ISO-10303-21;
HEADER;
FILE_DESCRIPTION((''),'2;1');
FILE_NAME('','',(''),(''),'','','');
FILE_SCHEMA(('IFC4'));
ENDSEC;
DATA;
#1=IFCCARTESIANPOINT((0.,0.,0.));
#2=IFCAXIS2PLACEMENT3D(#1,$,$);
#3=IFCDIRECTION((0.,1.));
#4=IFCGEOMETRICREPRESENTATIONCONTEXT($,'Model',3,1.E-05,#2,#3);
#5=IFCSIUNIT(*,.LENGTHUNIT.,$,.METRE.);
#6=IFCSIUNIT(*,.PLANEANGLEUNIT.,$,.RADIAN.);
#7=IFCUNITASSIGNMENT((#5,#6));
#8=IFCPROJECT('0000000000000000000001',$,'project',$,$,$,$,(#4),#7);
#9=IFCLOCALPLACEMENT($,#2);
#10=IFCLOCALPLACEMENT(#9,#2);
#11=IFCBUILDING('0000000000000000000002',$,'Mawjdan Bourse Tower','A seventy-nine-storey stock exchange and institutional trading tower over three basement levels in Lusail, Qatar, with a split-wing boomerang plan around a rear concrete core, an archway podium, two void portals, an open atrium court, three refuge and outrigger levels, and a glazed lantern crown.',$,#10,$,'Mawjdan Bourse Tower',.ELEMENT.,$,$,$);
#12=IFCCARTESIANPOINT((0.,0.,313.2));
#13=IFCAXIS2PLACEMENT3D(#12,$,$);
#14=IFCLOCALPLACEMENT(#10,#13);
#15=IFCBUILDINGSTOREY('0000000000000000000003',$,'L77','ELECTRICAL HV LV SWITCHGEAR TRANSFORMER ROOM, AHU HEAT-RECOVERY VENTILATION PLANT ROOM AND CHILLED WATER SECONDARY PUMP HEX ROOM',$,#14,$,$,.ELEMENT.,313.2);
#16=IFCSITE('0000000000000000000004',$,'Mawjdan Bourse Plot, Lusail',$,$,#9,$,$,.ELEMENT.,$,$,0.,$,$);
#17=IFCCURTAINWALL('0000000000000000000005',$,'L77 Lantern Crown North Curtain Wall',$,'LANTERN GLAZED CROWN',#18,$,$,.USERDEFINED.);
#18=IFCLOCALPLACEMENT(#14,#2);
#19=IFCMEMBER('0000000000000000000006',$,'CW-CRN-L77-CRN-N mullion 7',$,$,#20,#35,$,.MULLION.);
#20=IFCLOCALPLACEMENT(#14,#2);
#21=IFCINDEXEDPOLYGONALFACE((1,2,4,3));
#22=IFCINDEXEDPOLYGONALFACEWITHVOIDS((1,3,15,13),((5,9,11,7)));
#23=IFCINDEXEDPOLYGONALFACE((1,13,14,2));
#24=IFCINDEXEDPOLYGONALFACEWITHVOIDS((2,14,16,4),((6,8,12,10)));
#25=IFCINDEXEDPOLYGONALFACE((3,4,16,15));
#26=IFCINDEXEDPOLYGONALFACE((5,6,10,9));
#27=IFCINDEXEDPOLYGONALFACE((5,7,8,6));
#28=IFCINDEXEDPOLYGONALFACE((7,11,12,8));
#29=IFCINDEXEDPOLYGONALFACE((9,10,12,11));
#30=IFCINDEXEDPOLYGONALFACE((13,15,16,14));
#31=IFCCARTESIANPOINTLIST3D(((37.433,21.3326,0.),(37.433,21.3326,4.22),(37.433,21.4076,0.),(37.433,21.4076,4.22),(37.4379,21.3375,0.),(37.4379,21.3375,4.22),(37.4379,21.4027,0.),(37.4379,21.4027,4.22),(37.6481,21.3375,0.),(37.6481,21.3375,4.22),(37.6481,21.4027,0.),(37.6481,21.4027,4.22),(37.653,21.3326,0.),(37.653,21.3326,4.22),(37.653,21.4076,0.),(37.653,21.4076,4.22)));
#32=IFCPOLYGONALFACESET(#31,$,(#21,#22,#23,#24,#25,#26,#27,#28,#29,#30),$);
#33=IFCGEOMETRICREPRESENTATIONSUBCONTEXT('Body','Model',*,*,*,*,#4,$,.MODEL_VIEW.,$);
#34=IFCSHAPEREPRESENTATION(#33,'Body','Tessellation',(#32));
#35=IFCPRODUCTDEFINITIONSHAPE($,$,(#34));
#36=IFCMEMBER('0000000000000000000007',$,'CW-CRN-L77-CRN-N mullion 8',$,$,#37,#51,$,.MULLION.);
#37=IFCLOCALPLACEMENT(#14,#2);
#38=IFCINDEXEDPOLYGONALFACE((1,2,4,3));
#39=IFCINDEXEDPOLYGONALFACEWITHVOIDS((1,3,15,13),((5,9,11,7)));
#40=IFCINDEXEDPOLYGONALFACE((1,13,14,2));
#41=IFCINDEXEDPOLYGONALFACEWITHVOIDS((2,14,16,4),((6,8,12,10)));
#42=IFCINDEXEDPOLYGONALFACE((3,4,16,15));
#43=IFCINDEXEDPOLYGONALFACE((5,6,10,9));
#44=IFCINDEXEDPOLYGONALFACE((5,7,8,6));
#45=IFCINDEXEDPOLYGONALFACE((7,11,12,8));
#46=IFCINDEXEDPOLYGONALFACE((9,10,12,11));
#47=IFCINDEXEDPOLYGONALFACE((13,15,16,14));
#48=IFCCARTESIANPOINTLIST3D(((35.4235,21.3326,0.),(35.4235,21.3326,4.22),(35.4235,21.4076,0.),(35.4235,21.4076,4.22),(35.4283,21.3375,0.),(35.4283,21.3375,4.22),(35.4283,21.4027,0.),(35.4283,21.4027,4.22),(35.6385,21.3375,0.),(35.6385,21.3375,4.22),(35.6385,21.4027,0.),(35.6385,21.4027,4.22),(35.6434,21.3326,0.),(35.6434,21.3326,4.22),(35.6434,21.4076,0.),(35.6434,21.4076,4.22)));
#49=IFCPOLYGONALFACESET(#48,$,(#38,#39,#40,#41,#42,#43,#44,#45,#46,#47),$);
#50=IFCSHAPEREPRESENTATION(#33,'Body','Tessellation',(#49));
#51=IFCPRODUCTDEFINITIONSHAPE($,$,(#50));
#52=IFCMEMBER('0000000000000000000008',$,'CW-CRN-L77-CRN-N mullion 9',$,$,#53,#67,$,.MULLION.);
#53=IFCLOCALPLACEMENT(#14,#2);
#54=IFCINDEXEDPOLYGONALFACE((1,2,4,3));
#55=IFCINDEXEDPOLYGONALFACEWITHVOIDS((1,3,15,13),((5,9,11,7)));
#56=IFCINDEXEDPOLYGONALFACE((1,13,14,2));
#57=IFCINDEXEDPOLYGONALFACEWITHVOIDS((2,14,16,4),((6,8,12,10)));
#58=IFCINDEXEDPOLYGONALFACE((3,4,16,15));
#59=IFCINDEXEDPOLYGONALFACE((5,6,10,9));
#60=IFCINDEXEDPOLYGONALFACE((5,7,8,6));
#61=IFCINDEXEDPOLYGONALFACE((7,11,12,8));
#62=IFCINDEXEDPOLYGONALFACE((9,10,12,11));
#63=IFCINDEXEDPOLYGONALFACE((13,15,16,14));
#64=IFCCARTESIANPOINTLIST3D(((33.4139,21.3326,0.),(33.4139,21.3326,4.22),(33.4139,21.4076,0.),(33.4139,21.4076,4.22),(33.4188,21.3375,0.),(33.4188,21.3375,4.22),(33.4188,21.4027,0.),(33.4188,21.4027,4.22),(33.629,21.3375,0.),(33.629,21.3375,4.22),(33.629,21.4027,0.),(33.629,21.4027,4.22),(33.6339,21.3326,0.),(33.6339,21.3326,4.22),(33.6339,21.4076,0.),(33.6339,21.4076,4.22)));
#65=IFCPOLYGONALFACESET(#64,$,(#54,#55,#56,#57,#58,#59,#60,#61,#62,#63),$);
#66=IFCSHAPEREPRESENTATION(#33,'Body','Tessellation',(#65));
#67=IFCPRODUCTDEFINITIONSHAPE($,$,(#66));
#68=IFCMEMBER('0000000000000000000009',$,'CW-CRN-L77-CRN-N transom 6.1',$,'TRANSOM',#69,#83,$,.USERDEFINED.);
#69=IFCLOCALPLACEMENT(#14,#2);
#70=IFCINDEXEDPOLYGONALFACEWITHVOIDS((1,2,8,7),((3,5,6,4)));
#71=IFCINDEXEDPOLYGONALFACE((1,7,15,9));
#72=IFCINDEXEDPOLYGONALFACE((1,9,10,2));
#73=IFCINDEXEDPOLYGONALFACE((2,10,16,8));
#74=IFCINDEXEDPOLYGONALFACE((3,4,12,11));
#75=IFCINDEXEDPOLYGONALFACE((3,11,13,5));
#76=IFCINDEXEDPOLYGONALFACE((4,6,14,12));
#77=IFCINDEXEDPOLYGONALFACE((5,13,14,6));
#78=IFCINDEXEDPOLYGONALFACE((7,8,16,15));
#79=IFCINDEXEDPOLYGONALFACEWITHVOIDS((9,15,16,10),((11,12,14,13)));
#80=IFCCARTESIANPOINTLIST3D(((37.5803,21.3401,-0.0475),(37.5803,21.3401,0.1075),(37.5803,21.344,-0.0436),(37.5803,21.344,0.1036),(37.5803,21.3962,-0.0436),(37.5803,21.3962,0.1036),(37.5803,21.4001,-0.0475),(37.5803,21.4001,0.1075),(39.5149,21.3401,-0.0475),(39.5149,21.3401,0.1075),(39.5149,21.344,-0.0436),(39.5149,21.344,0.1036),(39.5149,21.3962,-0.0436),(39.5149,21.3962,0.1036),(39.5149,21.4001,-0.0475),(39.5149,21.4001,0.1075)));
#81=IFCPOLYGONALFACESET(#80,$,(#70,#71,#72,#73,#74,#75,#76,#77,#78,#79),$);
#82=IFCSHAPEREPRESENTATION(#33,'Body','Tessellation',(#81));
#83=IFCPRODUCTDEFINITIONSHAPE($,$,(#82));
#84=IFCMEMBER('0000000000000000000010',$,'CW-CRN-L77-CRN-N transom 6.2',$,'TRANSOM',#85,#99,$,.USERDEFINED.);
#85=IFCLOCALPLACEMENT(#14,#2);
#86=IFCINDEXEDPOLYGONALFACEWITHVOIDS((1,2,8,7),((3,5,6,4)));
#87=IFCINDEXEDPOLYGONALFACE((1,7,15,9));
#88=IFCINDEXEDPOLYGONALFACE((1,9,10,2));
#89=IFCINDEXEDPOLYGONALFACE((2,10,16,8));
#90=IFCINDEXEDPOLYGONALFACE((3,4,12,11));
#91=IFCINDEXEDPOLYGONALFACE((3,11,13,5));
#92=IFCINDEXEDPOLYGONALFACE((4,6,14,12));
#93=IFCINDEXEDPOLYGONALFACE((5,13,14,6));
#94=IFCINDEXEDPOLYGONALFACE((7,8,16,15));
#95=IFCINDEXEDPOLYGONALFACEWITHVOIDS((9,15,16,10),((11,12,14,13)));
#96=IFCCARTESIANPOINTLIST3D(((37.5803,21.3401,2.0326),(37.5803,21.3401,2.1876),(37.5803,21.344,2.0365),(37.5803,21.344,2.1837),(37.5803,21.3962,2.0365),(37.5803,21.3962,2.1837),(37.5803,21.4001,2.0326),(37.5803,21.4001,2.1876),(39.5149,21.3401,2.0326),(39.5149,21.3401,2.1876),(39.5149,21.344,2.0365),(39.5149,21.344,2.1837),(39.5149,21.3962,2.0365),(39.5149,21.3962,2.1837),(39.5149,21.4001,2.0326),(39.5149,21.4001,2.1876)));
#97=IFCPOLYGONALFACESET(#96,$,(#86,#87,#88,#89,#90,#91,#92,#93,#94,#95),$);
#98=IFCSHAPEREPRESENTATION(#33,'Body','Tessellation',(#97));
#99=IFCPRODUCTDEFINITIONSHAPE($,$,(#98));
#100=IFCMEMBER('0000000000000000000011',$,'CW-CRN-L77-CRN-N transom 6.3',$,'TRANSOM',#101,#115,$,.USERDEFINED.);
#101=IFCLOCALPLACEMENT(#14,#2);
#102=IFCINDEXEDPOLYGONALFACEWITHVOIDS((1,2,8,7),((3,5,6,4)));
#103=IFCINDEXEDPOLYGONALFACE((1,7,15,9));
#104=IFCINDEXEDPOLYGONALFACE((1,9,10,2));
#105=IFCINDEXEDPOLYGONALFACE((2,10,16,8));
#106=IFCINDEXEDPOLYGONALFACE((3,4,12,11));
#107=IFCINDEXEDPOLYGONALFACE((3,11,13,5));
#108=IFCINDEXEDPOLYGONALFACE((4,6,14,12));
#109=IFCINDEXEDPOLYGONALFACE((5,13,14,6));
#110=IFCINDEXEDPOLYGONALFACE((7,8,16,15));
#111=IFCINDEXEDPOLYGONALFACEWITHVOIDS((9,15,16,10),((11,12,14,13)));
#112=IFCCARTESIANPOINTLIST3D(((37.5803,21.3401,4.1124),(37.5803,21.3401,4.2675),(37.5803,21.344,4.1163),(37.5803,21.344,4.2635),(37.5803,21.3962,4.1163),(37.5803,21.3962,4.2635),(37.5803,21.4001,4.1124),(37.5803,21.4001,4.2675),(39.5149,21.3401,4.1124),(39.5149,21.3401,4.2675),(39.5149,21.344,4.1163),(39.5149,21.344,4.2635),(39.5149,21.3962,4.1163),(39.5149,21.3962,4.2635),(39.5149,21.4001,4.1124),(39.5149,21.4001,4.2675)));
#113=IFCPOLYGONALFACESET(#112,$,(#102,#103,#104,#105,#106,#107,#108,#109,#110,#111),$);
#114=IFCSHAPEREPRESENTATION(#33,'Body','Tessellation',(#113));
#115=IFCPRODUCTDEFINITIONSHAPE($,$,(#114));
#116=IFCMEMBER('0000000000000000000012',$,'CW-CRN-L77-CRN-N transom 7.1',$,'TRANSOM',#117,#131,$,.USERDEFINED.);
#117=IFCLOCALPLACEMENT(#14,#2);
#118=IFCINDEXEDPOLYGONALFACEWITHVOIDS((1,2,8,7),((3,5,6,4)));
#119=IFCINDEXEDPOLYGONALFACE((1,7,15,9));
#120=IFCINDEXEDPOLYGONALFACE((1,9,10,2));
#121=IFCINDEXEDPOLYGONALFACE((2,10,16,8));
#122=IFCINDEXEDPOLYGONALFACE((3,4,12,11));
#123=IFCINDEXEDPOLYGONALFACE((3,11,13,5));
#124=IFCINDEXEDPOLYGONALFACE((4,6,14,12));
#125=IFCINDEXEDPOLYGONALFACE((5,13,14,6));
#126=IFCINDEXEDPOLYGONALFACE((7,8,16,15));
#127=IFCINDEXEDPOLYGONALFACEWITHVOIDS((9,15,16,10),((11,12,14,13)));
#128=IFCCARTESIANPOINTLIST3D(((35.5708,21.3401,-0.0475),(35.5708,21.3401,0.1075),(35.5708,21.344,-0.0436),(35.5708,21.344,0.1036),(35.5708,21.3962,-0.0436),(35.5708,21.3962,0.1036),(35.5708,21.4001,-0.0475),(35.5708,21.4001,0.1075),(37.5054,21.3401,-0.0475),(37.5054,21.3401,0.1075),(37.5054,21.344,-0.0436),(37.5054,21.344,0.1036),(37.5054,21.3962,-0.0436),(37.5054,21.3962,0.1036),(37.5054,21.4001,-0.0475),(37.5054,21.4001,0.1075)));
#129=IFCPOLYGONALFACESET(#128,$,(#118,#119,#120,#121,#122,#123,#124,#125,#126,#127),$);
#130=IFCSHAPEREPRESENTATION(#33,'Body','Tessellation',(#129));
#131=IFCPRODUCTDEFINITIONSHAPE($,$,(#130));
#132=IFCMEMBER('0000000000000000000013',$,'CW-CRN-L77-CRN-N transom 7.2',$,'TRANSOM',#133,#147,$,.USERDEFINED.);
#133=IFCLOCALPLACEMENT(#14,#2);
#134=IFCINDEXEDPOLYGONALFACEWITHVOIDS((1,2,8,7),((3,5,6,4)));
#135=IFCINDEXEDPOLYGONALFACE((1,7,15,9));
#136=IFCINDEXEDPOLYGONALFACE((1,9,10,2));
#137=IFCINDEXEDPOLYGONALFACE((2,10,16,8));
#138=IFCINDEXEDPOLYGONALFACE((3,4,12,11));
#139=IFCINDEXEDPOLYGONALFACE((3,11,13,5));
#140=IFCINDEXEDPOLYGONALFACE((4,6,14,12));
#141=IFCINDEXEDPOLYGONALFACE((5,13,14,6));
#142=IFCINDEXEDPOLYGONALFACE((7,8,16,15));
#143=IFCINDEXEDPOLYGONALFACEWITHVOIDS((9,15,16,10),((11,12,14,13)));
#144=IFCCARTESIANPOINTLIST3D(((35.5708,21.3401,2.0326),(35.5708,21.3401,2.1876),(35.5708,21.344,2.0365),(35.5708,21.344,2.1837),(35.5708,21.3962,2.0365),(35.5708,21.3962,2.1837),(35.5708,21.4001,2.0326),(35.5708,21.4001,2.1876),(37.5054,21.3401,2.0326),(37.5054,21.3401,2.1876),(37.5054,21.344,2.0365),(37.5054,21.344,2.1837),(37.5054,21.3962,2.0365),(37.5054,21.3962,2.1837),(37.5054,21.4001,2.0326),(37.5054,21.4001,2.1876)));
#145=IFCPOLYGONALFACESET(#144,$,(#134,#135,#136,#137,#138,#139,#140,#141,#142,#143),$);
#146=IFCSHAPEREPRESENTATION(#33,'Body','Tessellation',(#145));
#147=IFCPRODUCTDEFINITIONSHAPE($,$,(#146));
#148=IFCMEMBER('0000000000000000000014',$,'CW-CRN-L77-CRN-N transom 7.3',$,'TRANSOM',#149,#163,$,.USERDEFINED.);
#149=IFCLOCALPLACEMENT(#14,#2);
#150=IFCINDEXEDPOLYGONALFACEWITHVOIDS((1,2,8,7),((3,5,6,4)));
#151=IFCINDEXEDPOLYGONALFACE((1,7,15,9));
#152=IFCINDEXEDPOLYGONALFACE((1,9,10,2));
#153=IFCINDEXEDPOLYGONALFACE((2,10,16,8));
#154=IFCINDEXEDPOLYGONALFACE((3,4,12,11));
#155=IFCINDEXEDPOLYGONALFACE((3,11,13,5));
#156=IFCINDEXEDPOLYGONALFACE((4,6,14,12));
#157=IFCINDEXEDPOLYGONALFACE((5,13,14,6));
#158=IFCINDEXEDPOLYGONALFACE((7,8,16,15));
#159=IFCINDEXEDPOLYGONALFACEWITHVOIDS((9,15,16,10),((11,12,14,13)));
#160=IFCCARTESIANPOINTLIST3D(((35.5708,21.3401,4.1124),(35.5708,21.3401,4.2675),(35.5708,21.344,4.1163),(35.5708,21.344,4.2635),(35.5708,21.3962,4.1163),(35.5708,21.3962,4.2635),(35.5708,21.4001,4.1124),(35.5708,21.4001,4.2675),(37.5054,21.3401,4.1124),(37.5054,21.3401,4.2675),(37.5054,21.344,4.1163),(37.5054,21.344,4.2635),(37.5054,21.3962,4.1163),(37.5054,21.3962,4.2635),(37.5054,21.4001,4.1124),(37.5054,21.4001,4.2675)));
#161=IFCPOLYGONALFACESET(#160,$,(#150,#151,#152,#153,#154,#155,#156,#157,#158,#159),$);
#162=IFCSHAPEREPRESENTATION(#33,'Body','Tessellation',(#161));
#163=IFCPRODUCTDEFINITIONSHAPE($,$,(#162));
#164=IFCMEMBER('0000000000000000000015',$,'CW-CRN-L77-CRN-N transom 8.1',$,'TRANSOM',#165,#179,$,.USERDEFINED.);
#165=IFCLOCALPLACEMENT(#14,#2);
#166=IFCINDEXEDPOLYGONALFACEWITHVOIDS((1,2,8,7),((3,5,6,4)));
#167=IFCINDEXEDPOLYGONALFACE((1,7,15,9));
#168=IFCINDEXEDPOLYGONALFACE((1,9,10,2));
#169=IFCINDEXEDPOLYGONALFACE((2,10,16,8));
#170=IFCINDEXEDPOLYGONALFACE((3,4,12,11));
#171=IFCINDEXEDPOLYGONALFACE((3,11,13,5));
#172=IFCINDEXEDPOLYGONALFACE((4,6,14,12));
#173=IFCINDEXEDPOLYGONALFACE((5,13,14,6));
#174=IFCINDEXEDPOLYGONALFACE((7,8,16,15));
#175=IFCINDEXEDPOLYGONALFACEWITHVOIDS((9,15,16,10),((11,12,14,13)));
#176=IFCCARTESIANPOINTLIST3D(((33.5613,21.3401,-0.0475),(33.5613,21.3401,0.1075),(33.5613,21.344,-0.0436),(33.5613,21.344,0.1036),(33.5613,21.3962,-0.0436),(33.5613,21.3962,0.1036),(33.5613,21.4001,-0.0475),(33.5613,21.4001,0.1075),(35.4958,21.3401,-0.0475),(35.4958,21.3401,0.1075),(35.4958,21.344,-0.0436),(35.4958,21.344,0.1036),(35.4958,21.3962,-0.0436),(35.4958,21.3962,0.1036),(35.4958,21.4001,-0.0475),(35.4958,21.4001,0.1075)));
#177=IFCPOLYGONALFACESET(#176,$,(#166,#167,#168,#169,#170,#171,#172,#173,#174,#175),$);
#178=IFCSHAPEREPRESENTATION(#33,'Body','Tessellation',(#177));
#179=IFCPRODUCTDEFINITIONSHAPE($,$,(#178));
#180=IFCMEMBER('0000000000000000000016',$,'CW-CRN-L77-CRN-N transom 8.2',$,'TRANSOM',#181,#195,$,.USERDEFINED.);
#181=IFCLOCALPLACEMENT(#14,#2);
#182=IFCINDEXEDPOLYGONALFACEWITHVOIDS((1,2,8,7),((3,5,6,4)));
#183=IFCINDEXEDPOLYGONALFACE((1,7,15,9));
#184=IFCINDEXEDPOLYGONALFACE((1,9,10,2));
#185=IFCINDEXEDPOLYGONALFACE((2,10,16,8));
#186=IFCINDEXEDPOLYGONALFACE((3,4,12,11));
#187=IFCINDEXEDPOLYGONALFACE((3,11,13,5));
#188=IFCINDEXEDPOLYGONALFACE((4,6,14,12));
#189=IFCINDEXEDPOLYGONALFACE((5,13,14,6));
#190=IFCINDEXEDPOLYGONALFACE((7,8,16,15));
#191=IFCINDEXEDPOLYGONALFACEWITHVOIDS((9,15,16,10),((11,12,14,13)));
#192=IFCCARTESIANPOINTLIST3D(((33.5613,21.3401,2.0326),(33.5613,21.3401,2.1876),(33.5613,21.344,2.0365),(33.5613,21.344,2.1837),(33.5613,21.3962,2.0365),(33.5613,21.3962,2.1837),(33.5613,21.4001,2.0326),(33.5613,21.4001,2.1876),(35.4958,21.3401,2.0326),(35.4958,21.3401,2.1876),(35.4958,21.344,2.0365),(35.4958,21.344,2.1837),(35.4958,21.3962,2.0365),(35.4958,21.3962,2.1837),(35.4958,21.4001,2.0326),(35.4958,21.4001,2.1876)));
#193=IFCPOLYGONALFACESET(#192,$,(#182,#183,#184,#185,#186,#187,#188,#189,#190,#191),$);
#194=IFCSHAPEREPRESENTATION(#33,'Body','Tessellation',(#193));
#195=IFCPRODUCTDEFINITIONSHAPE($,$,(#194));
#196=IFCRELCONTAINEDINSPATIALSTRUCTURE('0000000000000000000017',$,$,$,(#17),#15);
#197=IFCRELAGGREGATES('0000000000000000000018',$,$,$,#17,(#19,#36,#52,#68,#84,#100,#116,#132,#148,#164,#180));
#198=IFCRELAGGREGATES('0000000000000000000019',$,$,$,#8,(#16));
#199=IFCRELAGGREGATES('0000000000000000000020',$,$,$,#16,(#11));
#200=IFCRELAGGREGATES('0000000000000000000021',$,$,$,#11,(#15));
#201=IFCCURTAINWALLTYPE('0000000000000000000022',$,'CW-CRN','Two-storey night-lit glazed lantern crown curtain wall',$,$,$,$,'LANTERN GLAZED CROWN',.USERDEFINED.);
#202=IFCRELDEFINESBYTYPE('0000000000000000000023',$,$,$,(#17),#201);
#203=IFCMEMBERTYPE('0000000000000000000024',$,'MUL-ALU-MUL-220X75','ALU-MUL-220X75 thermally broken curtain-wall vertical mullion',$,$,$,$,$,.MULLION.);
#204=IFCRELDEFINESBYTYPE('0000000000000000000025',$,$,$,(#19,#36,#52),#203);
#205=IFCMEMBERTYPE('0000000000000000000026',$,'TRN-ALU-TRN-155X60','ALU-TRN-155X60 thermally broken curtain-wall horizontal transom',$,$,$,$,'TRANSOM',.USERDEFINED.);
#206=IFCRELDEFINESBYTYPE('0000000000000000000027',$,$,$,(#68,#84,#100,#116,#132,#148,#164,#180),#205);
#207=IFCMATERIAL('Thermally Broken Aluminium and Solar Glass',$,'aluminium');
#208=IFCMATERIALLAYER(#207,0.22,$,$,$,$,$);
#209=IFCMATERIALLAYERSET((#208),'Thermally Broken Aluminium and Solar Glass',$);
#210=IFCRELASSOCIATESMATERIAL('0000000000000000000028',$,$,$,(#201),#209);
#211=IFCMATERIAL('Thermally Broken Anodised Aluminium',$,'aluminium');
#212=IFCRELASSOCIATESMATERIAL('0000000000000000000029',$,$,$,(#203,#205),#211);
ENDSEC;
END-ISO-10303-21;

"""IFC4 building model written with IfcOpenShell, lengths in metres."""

from ifc_helpers import new_model, si_unit, direction, frame, origin, origin_2d, place, context, subcontext, project, spatial, hollow_rectangle, extrude, material, layer, layer_set, material_profile, profile_set, type_object, element, aggregate, save


model = new_model("IFC4")

# Units and contexts
model_context = context("Model", 3, precision=1e-05, world=origin(), true_north=direction((0.0, 1.0)))
body_context = subcontext(model_context, "Body", "Model", "MODEL_VIEW")
ifc_project = project(units=[si_unit("LENGTHUNIT", "METRE"), si_unit("PLANEANGLEUNIT", "RADIAN")], contexts=[model_context])

# Site, building, storey
site_placement = place(None, origin())
site = spatial("IfcSite", under=ifc_project, at=site_placement, Name="Mawjdan Bourse Plot, Lusail", CompositionType="ELEMENT", RefElevation=0.0)
building_placement = place(site_placement, origin())
building = spatial("IfcBuilding", under=site, at=building_placement, Name="Mawjdan Bourse Tower", Description="A seventy-nine-storey stock exchange and institutional trading tower over three basement levels in Lusail, Qatar, with a split-wing boomerang plan around a rear concrete core, an archway podium, two void portals, an open atrium court, three refuge and outrigger levels, and a glazed lantern crown.", LongName="Mawjdan Bourse Tower", CompositionType="ELEMENT")
storey_placement = place(building_placement, frame((0.0, 0.0, 313.2)))
storey = spatial("IfcBuildingStorey", under=building, at=storey_placement, Name="L77", Description="ELECTRICAL HV LV SWITCHGEAR TRANSFORMER ROOM, AHU HEAT-RECOVERY VENTILATION PLANT ROOM AND CHILLED WATER SECONDARY PUMP HEX ROOM", CompositionType="ELEMENT", Elevation=313.2)

# Curtain wall, members
ifc_material_1 = material(Name="Thermally Broken Aluminium and Solar Glass", Category="aluminium")
ifc_layer_1 = layer(ifc_material_1, 0.22)
ifc_layer_set_1 = layer_set([ifc_layer_1], Name="Thermally Broken Aluminium and Solar Glass")
curtain_wall_type = type_object("IfcCurtainWallType", Name="CW-CRN", Description="Two-storey night-lit glazed lantern crown curtain wall", ElementType="LANTERN GLAZED CROWN", PredefinedType="USERDEFINED", material=ifc_layer_set_1)
curtain_wall_placement = place(storey_placement, origin())
curtain_wall = element("IfcCurtainWall", 1, at=curtain_wall_placement, inside=storey, type_object=curtain_wall_type, Name="L77 Lantern Crown North Curtain Wall", ObjectType="LANTERN GLAZED CROWN", PredefinedType="USERDEFINED")
ifc_material_2 = material(Name="Thermally Broken Anodised Aluminium", Category="aluminium")
ifc_material_profile_1 = material_profile(ifc_material_2, hollow_rectangle(XDim=0.075, YDim=0.22, WallThickness=0.0049, at=origin_2d()), Name="ALU-MUL-220X75")
ifc_profile_set_1 = profile_set([ifc_material_profile_1], Name="Thermally Broken Anodised Aluminium")
member_type_1 = type_object("IfcMemberType", Name="MUL-ALU-MUL-220X75", Description="ALU-MUL-220X75 thermally broken curtain-wall vertical mullion", PredefinedType="MULLION", material=ifc_profile_set_1)
member_1_placement = place(storey_placement, frame((37.543, 21.3701, 0.0), z_axis=(0.0, 0.0, 1.0), x_axis=(0.0, -1.0, 0.0)))
member_1 = element("IfcMember", 2, at=member_1_placement, type_object=member_type_1, Name="CW-CRN-L77-CRN-N mullion 7", PredefinedType="MULLION", context=body_context, shape_type="SweptSolid", body=[
    extrude(hollow_rectangle(XDim=0.075, YDim=0.22, WallThickness=0.0049, at=origin_2d()), origin(), (0.0, 0.0, 1.0), 4.22),
])
member_2_placement = place(storey_placement, frame((35.5334, 21.3701, 0.0), z_axis=(0.0, 0.0, 1.0), x_axis=(0.0, -1.0, 0.0)))
member_2 = element("IfcMember", 3, at=member_2_placement, type_object=member_type_1, Name="CW-CRN-L77-CRN-N mullion 8", PredefinedType="MULLION", context=body_context, shape_type="SweptSolid", body=[
    extrude(hollow_rectangle(XDim=0.075, YDim=0.22, WallThickness=0.0049, at=origin_2d()), origin(), (0.0, 0.0, 1.0), 4.22),
])
member_3_placement = place(storey_placement, frame((33.5239, 21.3701, 0.0), z_axis=(0.0, 0.0, 1.0), x_axis=(0.0, -1.0, 0.0)))
member_3 = element("IfcMember", 4, at=member_3_placement, type_object=member_type_1, Name="CW-CRN-L77-CRN-N mullion 9", PredefinedType="MULLION", context=body_context, shape_type="SweptSolid", body=[
    extrude(hollow_rectangle(XDim=0.075, YDim=0.22, WallThickness=0.0049, at=origin_2d()), origin(), (0.0, 0.0, 1.0), 4.22),
])
ifc_material_profile_2 = material_profile(ifc_material_2, hollow_rectangle(XDim=0.0601, YDim=0.155, WallThickness=0.0039, at=origin_2d()), Name="ALU-TRN-155X60")
ifc_profile_set_2 = profile_set([ifc_material_profile_2], Name="Thermally Broken Anodised Aluminium")
member_type_2 = type_object("IfcMemberType", Name="TRN-ALU-TRN-155X60", Description="ALU-TRN-155X60 thermally broken curtain-wall horizontal transom", ElementType="TRANSOM", PredefinedType="USERDEFINED", material=ifc_profile_set_2)
member_4_placement = place(storey_placement, frame((39.5149, 21.3701, 0.03), z_axis=(-1.0, 0.0, 0.0), x_axis=(0.0, -1.0, 0.0)))
member_4 = element("IfcMember", 5, at=member_4_placement, type_object=member_type_2, Name="CW-CRN-L77-CRN-N transom 6.1", ObjectType="TRANSOM", PredefinedType="USERDEFINED", context=body_context, shape_type="SweptSolid", body=[
    extrude(hollow_rectangle(XDim=0.0601, YDim=0.155, WallThickness=0.0039, at=origin_2d()), origin(), (0.0, 0.0, 1.0), 1.9346),
])
member_5_placement = place(storey_placement, frame((39.5149, 21.3701, 2.1101), z_axis=(-1.0, 0.0, 0.0), x_axis=(0.0, -1.0, 0.0)))
member_5 = element("IfcMember", 6, at=member_5_placement, type_object=member_type_2, Name="CW-CRN-L77-CRN-N transom 6.2", ObjectType="TRANSOM", PredefinedType="USERDEFINED", context=body_context, shape_type="SweptSolid", body=[
    extrude(hollow_rectangle(XDim=0.0601, YDim=0.155, WallThickness=0.0039, at=origin_2d()), origin(), (0.0, 0.0, 1.0), 1.9346),
])
member_6_placement = place(storey_placement, frame((39.5149, 21.3701, 4.1899), z_axis=(-1.0, 0.0, 0.0), x_axis=(0.0, -1.0, 0.0)))
member_6 = element("IfcMember", 7, at=member_6_placement, type_object=member_type_2, Name="CW-CRN-L77-CRN-N transom 6.3", ObjectType="TRANSOM", PredefinedType="USERDEFINED", context=body_context, shape_type="SweptSolid", body=[
    extrude(hollow_rectangle(XDim=0.0601, YDim=0.155, WallThickness=0.0039, at=origin_2d()), origin(), (0.0, 0.0, 1.0), 1.9346),
])
member_7_placement = place(storey_placement, frame((37.5054, 21.3701, 0.03), z_axis=(-1.0, 0.0, 0.0), x_axis=(0.0, -1.0, 0.0)))
member_7 = element("IfcMember", 8, at=member_7_placement, type_object=member_type_2, Name="CW-CRN-L77-CRN-N transom 7.1", ObjectType="TRANSOM", PredefinedType="USERDEFINED", context=body_context, shape_type="SweptSolid", body=[
    extrude(hollow_rectangle(XDim=0.0601, YDim=0.155, WallThickness=0.0039, at=origin_2d()), origin(), (0.0, 0.0, 1.0), 1.9346),
])
member_8_placement = place(storey_placement, frame((37.5054, 21.3701, 2.1101), z_axis=(-1.0, 0.0, 0.0), x_axis=(0.0, -1.0, 0.0)))
member_8 = element("IfcMember", 9, at=member_8_placement, type_object=member_type_2, Name="CW-CRN-L77-CRN-N transom 7.2", ObjectType="TRANSOM", PredefinedType="USERDEFINED", context=body_context, shape_type="SweptSolid", body=[
    extrude(hollow_rectangle(XDim=0.0601, YDim=0.155, WallThickness=0.0039, at=origin_2d()), origin(), (0.0, 0.0, 1.0), 1.9346),
])
member_9_placement = place(storey_placement, frame((37.5054, 21.3701, 4.1899), z_axis=(-1.0, 0.0, 0.0), x_axis=(0.0, -1.0, 0.0)))
member_9 = element("IfcMember", 10, at=member_9_placement, type_object=member_type_2, Name="CW-CRN-L77-CRN-N transom 7.3", ObjectType="TRANSOM", PredefinedType="USERDEFINED", context=body_context, shape_type="SweptSolid", body=[
    extrude(hollow_rectangle(XDim=0.0601, YDim=0.155, WallThickness=0.0039, at=origin_2d()), origin(), (0.0, 0.0, 1.0), 1.9346),
])
member_10_placement = place(storey_placement, frame((35.4958, 21.3701, 0.03), z_axis=(-1.0, 0.0, 0.0), x_axis=(0.0, -1.0, 0.0)))
member_10 = element("IfcMember", 11, at=member_10_placement, type_object=member_type_2, Name="CW-CRN-L77-CRN-N transom 8.1", ObjectType="TRANSOM", PredefinedType="USERDEFINED", context=body_context, shape_type="SweptSolid", body=[
    extrude(hollow_rectangle(XDim=0.0601, YDim=0.155, WallThickness=0.0039, at=origin_2d()), origin(), (0.0, 0.0, 1.0), 1.9346),
])
member_11_placement = place(storey_placement, frame((35.4958, 21.3701, 2.1101), z_axis=(-1.0, 0.0, 0.0), x_axis=(0.0, -1.0, 0.0)))
member_11 = element("IfcMember", 12, at=member_11_placement, type_object=member_type_2, Name="CW-CRN-L77-CRN-N transom 8.2", ObjectType="TRANSOM", PredefinedType="USERDEFINED", context=body_context, shape_type="SweptSolid", body=[
    extrude(hollow_rectangle(XDim=0.0601, YDim=0.155, WallThickness=0.0039, at=origin_2d()), origin(), (0.0, 0.0, 1.0), 1.9346),
])
aggregate(curtain_wall, [member_1, member_2, member_3, member_4, member_5, member_6, member_7, member_8, member_9, member_10, member_11])

save(model, "model.ifc")
